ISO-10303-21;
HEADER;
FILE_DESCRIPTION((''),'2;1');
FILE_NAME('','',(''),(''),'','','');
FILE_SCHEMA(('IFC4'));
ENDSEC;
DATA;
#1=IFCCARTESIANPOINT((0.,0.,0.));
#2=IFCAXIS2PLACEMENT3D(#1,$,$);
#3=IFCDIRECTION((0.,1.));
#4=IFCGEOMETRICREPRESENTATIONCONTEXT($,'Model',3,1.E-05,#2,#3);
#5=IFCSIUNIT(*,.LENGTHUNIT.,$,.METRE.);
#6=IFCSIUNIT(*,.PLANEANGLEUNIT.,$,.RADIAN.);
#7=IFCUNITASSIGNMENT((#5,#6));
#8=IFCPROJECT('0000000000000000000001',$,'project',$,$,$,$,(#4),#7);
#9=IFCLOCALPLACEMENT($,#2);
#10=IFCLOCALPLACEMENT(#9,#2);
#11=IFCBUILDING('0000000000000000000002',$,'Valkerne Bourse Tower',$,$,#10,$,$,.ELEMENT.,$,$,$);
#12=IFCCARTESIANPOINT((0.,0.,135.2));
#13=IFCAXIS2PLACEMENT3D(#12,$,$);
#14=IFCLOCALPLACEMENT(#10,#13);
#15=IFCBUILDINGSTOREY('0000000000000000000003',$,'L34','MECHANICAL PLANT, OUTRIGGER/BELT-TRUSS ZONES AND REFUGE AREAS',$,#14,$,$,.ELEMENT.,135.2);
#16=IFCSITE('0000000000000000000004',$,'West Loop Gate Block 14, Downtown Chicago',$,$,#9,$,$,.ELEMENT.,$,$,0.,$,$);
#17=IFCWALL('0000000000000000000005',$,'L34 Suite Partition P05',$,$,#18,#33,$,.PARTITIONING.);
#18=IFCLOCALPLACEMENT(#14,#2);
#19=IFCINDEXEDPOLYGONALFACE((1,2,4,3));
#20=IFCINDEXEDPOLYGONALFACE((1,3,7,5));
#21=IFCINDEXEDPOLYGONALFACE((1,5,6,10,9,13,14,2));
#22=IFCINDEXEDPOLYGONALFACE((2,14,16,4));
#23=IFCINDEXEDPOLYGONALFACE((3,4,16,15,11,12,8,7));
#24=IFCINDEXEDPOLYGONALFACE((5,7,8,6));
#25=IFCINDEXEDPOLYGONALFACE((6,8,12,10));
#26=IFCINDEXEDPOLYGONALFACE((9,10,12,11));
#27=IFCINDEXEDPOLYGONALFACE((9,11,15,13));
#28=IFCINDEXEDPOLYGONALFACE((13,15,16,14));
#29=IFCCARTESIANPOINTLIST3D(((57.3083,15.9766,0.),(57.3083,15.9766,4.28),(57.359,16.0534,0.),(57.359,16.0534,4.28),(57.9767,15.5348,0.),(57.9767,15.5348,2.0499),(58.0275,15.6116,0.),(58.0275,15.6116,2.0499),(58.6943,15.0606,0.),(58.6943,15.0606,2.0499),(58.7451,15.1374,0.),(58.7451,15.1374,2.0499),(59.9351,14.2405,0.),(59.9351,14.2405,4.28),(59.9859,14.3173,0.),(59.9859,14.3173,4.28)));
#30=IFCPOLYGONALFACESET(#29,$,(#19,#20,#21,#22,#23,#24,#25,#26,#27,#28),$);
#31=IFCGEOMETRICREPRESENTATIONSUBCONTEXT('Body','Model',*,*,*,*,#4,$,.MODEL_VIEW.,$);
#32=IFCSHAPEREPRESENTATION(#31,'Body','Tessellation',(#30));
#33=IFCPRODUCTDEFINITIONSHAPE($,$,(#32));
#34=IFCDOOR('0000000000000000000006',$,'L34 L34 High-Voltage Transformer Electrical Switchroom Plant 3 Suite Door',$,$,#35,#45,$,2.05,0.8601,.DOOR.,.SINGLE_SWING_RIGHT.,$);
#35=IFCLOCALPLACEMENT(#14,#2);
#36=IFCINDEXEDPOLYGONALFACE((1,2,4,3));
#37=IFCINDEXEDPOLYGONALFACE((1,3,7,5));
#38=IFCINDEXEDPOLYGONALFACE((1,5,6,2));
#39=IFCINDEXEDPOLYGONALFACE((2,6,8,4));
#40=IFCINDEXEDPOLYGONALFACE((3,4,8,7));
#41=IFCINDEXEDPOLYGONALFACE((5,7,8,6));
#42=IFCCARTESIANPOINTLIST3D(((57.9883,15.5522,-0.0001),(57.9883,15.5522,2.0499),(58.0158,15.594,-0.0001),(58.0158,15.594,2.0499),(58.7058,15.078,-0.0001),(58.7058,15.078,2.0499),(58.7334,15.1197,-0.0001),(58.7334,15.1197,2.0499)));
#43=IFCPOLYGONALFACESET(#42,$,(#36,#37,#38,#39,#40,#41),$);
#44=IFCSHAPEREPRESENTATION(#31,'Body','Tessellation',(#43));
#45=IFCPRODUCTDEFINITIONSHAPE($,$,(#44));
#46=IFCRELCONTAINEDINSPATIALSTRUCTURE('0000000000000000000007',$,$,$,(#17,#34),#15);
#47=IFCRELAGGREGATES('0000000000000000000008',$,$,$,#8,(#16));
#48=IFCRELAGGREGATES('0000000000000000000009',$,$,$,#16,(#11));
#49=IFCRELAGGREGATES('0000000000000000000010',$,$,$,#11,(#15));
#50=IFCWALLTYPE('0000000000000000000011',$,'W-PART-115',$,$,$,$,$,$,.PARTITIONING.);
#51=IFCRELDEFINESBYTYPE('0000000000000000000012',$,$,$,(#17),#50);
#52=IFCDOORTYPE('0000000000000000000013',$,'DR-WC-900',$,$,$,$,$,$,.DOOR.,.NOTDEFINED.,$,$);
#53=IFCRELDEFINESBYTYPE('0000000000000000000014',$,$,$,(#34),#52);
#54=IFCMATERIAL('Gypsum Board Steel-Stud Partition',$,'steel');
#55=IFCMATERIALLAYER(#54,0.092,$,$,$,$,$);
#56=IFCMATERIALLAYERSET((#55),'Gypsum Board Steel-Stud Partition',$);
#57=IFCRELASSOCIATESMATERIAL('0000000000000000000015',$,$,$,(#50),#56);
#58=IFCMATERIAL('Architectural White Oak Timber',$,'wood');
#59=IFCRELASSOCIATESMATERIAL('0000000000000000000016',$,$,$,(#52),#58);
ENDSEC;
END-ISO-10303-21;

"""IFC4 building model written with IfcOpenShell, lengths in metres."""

from ifc_helpers import new_model, si_unit, direction, frame, frame_2d, origin, place, context, subcontext, project, spatial, rectangle, extrude, material, layer, layer_set, type_object, element, fill, save


model = new_model("IFC4")

# Units and contexts
model_context = context("Model", 3, precision=1e-05, world=origin(), true_north=direction((0.0, 1.0)))
body_context = subcontext(model_context, "Body", "Model", "MODEL_VIEW")
ifc_project = project(units=[si_unit("LENGTHUNIT", "METRE"), si_unit("PLANEANGLEUNIT", "RADIAN")], contexts=[model_context])

# Site, building, storey
site_placement = place(None, origin())
site = spatial("IfcSite", under=ifc_project, at=site_placement, Name="West Loop Gate Block 14, Downtown Chicago", CompositionType="ELEMENT", RefElevation=0.0)
building_placement = place(site_placement, origin())
building = spatial("IfcBuilding", under=site, at=building_placement, Name="Valkerne Bourse Tower", CompositionType="ELEMENT")
storey_placement = place(building_placement, frame((0.0, 0.0, 135.2)))
storey = spatial("IfcBuildingStorey", under=building, at=storey_placement, Name="L34", Description="MECHANICAL PLANT, OUTRIGGER/BELT-TRUSS ZONES AND REFUGE AREAS", CompositionType="ELEMENT", Elevation=135.2)

# Shared definitions
ifc_material_1 = material(Name="Gypsum Board Steel-Stud Partition", Category="steel")

# Wall, opening, door
ifc_layer_1 = layer(ifc_material_1, 0.092)
ifc_layer_set_1 = layer_set([ifc_layer_1], Name="Gypsum Board Steel-Stud Partition")
wall_type_1 = type_object("IfcWallType", Name="W-PART-115", PredefinedType="PARTITIONING", material=ifc_layer_set_1)
wall_1_placement = place(storey_placement, frame((57.3337, 16.0149, 0.0), z_axis=(0.0, 0.0, 1.0), x_axis=(0.834274, -0.55135, 0.0)))
wall_1 = element("IfcWall", 1, at=wall_1_placement, inside=storey, type_object=wall_type_1, Name="L34 Suite Partition P05", PredefinedType="PARTITIONING", context=body_context, shape_type="SweptSolid", body=[
    extrude(rectangle(XDim=3.1487, YDim=0.092, at=frame_2d((1.5742, 0.0))), origin(), (0.0, 0.0, 1.0), 4.28),
])
opening_1_placement = place(wall_1_placement, frame((0.801, 0.0, 0.0)))
opening_1 = element("IfcOpeningElement", 2, at=opening_1_placement, cuts=wall_1, PredefinedType="OPENING", context=body_context, shape_type="SweptSolid", body=[
    extrude(rectangle(XDim=0.8601, YDim=2.05, at=frame_2d((0.4302, 1.0249))), frame((0.0, 0.0559, 0.0), z_axis=(0.0, -1.0, 0.0), x_axis=(1.0, 0.0, 0.0)), (0.0, 0.0, 1.0), 0.1121),
])
ifc_material_2 = material(Name="Architectural White Oak Timber", Category="wood")
door_type_1 = type_object("IfcDoorType", Name="DR-WC-900", OperationType="NOTDEFINED", PredefinedType="DOOR", material=ifc_material_2)
door_1_placement = place(opening_1_placement, origin())
door_1 = element("IfcDoor", 3, at=door_1_placement, inside=storey, type_object=door_type_1, Name="L34 L34 High-Voltage Transformer Electrical Switchroom Plant 3 Suite Door", OperationType="SINGLE_SWING_RIGHT", OverallHeight=2.05, OverallWidth=0.8601, PredefinedType="DOOR", context=body_context, shape_type="SweptSolid", body=[
    extrude(rectangle(XDim=0.8601, YDim=2.05, at=frame_2d((0.4302, 1.0249))), frame((0.0, 0.0249, 0.0), z_axis=(0.0, -1.0, 0.0), x_axis=(1.0, 0.0, 0.0)), (0.0, 0.0, 1.0), 0.05),
])
fill(opening_1, door_1)

save(model, "model.ifc")
